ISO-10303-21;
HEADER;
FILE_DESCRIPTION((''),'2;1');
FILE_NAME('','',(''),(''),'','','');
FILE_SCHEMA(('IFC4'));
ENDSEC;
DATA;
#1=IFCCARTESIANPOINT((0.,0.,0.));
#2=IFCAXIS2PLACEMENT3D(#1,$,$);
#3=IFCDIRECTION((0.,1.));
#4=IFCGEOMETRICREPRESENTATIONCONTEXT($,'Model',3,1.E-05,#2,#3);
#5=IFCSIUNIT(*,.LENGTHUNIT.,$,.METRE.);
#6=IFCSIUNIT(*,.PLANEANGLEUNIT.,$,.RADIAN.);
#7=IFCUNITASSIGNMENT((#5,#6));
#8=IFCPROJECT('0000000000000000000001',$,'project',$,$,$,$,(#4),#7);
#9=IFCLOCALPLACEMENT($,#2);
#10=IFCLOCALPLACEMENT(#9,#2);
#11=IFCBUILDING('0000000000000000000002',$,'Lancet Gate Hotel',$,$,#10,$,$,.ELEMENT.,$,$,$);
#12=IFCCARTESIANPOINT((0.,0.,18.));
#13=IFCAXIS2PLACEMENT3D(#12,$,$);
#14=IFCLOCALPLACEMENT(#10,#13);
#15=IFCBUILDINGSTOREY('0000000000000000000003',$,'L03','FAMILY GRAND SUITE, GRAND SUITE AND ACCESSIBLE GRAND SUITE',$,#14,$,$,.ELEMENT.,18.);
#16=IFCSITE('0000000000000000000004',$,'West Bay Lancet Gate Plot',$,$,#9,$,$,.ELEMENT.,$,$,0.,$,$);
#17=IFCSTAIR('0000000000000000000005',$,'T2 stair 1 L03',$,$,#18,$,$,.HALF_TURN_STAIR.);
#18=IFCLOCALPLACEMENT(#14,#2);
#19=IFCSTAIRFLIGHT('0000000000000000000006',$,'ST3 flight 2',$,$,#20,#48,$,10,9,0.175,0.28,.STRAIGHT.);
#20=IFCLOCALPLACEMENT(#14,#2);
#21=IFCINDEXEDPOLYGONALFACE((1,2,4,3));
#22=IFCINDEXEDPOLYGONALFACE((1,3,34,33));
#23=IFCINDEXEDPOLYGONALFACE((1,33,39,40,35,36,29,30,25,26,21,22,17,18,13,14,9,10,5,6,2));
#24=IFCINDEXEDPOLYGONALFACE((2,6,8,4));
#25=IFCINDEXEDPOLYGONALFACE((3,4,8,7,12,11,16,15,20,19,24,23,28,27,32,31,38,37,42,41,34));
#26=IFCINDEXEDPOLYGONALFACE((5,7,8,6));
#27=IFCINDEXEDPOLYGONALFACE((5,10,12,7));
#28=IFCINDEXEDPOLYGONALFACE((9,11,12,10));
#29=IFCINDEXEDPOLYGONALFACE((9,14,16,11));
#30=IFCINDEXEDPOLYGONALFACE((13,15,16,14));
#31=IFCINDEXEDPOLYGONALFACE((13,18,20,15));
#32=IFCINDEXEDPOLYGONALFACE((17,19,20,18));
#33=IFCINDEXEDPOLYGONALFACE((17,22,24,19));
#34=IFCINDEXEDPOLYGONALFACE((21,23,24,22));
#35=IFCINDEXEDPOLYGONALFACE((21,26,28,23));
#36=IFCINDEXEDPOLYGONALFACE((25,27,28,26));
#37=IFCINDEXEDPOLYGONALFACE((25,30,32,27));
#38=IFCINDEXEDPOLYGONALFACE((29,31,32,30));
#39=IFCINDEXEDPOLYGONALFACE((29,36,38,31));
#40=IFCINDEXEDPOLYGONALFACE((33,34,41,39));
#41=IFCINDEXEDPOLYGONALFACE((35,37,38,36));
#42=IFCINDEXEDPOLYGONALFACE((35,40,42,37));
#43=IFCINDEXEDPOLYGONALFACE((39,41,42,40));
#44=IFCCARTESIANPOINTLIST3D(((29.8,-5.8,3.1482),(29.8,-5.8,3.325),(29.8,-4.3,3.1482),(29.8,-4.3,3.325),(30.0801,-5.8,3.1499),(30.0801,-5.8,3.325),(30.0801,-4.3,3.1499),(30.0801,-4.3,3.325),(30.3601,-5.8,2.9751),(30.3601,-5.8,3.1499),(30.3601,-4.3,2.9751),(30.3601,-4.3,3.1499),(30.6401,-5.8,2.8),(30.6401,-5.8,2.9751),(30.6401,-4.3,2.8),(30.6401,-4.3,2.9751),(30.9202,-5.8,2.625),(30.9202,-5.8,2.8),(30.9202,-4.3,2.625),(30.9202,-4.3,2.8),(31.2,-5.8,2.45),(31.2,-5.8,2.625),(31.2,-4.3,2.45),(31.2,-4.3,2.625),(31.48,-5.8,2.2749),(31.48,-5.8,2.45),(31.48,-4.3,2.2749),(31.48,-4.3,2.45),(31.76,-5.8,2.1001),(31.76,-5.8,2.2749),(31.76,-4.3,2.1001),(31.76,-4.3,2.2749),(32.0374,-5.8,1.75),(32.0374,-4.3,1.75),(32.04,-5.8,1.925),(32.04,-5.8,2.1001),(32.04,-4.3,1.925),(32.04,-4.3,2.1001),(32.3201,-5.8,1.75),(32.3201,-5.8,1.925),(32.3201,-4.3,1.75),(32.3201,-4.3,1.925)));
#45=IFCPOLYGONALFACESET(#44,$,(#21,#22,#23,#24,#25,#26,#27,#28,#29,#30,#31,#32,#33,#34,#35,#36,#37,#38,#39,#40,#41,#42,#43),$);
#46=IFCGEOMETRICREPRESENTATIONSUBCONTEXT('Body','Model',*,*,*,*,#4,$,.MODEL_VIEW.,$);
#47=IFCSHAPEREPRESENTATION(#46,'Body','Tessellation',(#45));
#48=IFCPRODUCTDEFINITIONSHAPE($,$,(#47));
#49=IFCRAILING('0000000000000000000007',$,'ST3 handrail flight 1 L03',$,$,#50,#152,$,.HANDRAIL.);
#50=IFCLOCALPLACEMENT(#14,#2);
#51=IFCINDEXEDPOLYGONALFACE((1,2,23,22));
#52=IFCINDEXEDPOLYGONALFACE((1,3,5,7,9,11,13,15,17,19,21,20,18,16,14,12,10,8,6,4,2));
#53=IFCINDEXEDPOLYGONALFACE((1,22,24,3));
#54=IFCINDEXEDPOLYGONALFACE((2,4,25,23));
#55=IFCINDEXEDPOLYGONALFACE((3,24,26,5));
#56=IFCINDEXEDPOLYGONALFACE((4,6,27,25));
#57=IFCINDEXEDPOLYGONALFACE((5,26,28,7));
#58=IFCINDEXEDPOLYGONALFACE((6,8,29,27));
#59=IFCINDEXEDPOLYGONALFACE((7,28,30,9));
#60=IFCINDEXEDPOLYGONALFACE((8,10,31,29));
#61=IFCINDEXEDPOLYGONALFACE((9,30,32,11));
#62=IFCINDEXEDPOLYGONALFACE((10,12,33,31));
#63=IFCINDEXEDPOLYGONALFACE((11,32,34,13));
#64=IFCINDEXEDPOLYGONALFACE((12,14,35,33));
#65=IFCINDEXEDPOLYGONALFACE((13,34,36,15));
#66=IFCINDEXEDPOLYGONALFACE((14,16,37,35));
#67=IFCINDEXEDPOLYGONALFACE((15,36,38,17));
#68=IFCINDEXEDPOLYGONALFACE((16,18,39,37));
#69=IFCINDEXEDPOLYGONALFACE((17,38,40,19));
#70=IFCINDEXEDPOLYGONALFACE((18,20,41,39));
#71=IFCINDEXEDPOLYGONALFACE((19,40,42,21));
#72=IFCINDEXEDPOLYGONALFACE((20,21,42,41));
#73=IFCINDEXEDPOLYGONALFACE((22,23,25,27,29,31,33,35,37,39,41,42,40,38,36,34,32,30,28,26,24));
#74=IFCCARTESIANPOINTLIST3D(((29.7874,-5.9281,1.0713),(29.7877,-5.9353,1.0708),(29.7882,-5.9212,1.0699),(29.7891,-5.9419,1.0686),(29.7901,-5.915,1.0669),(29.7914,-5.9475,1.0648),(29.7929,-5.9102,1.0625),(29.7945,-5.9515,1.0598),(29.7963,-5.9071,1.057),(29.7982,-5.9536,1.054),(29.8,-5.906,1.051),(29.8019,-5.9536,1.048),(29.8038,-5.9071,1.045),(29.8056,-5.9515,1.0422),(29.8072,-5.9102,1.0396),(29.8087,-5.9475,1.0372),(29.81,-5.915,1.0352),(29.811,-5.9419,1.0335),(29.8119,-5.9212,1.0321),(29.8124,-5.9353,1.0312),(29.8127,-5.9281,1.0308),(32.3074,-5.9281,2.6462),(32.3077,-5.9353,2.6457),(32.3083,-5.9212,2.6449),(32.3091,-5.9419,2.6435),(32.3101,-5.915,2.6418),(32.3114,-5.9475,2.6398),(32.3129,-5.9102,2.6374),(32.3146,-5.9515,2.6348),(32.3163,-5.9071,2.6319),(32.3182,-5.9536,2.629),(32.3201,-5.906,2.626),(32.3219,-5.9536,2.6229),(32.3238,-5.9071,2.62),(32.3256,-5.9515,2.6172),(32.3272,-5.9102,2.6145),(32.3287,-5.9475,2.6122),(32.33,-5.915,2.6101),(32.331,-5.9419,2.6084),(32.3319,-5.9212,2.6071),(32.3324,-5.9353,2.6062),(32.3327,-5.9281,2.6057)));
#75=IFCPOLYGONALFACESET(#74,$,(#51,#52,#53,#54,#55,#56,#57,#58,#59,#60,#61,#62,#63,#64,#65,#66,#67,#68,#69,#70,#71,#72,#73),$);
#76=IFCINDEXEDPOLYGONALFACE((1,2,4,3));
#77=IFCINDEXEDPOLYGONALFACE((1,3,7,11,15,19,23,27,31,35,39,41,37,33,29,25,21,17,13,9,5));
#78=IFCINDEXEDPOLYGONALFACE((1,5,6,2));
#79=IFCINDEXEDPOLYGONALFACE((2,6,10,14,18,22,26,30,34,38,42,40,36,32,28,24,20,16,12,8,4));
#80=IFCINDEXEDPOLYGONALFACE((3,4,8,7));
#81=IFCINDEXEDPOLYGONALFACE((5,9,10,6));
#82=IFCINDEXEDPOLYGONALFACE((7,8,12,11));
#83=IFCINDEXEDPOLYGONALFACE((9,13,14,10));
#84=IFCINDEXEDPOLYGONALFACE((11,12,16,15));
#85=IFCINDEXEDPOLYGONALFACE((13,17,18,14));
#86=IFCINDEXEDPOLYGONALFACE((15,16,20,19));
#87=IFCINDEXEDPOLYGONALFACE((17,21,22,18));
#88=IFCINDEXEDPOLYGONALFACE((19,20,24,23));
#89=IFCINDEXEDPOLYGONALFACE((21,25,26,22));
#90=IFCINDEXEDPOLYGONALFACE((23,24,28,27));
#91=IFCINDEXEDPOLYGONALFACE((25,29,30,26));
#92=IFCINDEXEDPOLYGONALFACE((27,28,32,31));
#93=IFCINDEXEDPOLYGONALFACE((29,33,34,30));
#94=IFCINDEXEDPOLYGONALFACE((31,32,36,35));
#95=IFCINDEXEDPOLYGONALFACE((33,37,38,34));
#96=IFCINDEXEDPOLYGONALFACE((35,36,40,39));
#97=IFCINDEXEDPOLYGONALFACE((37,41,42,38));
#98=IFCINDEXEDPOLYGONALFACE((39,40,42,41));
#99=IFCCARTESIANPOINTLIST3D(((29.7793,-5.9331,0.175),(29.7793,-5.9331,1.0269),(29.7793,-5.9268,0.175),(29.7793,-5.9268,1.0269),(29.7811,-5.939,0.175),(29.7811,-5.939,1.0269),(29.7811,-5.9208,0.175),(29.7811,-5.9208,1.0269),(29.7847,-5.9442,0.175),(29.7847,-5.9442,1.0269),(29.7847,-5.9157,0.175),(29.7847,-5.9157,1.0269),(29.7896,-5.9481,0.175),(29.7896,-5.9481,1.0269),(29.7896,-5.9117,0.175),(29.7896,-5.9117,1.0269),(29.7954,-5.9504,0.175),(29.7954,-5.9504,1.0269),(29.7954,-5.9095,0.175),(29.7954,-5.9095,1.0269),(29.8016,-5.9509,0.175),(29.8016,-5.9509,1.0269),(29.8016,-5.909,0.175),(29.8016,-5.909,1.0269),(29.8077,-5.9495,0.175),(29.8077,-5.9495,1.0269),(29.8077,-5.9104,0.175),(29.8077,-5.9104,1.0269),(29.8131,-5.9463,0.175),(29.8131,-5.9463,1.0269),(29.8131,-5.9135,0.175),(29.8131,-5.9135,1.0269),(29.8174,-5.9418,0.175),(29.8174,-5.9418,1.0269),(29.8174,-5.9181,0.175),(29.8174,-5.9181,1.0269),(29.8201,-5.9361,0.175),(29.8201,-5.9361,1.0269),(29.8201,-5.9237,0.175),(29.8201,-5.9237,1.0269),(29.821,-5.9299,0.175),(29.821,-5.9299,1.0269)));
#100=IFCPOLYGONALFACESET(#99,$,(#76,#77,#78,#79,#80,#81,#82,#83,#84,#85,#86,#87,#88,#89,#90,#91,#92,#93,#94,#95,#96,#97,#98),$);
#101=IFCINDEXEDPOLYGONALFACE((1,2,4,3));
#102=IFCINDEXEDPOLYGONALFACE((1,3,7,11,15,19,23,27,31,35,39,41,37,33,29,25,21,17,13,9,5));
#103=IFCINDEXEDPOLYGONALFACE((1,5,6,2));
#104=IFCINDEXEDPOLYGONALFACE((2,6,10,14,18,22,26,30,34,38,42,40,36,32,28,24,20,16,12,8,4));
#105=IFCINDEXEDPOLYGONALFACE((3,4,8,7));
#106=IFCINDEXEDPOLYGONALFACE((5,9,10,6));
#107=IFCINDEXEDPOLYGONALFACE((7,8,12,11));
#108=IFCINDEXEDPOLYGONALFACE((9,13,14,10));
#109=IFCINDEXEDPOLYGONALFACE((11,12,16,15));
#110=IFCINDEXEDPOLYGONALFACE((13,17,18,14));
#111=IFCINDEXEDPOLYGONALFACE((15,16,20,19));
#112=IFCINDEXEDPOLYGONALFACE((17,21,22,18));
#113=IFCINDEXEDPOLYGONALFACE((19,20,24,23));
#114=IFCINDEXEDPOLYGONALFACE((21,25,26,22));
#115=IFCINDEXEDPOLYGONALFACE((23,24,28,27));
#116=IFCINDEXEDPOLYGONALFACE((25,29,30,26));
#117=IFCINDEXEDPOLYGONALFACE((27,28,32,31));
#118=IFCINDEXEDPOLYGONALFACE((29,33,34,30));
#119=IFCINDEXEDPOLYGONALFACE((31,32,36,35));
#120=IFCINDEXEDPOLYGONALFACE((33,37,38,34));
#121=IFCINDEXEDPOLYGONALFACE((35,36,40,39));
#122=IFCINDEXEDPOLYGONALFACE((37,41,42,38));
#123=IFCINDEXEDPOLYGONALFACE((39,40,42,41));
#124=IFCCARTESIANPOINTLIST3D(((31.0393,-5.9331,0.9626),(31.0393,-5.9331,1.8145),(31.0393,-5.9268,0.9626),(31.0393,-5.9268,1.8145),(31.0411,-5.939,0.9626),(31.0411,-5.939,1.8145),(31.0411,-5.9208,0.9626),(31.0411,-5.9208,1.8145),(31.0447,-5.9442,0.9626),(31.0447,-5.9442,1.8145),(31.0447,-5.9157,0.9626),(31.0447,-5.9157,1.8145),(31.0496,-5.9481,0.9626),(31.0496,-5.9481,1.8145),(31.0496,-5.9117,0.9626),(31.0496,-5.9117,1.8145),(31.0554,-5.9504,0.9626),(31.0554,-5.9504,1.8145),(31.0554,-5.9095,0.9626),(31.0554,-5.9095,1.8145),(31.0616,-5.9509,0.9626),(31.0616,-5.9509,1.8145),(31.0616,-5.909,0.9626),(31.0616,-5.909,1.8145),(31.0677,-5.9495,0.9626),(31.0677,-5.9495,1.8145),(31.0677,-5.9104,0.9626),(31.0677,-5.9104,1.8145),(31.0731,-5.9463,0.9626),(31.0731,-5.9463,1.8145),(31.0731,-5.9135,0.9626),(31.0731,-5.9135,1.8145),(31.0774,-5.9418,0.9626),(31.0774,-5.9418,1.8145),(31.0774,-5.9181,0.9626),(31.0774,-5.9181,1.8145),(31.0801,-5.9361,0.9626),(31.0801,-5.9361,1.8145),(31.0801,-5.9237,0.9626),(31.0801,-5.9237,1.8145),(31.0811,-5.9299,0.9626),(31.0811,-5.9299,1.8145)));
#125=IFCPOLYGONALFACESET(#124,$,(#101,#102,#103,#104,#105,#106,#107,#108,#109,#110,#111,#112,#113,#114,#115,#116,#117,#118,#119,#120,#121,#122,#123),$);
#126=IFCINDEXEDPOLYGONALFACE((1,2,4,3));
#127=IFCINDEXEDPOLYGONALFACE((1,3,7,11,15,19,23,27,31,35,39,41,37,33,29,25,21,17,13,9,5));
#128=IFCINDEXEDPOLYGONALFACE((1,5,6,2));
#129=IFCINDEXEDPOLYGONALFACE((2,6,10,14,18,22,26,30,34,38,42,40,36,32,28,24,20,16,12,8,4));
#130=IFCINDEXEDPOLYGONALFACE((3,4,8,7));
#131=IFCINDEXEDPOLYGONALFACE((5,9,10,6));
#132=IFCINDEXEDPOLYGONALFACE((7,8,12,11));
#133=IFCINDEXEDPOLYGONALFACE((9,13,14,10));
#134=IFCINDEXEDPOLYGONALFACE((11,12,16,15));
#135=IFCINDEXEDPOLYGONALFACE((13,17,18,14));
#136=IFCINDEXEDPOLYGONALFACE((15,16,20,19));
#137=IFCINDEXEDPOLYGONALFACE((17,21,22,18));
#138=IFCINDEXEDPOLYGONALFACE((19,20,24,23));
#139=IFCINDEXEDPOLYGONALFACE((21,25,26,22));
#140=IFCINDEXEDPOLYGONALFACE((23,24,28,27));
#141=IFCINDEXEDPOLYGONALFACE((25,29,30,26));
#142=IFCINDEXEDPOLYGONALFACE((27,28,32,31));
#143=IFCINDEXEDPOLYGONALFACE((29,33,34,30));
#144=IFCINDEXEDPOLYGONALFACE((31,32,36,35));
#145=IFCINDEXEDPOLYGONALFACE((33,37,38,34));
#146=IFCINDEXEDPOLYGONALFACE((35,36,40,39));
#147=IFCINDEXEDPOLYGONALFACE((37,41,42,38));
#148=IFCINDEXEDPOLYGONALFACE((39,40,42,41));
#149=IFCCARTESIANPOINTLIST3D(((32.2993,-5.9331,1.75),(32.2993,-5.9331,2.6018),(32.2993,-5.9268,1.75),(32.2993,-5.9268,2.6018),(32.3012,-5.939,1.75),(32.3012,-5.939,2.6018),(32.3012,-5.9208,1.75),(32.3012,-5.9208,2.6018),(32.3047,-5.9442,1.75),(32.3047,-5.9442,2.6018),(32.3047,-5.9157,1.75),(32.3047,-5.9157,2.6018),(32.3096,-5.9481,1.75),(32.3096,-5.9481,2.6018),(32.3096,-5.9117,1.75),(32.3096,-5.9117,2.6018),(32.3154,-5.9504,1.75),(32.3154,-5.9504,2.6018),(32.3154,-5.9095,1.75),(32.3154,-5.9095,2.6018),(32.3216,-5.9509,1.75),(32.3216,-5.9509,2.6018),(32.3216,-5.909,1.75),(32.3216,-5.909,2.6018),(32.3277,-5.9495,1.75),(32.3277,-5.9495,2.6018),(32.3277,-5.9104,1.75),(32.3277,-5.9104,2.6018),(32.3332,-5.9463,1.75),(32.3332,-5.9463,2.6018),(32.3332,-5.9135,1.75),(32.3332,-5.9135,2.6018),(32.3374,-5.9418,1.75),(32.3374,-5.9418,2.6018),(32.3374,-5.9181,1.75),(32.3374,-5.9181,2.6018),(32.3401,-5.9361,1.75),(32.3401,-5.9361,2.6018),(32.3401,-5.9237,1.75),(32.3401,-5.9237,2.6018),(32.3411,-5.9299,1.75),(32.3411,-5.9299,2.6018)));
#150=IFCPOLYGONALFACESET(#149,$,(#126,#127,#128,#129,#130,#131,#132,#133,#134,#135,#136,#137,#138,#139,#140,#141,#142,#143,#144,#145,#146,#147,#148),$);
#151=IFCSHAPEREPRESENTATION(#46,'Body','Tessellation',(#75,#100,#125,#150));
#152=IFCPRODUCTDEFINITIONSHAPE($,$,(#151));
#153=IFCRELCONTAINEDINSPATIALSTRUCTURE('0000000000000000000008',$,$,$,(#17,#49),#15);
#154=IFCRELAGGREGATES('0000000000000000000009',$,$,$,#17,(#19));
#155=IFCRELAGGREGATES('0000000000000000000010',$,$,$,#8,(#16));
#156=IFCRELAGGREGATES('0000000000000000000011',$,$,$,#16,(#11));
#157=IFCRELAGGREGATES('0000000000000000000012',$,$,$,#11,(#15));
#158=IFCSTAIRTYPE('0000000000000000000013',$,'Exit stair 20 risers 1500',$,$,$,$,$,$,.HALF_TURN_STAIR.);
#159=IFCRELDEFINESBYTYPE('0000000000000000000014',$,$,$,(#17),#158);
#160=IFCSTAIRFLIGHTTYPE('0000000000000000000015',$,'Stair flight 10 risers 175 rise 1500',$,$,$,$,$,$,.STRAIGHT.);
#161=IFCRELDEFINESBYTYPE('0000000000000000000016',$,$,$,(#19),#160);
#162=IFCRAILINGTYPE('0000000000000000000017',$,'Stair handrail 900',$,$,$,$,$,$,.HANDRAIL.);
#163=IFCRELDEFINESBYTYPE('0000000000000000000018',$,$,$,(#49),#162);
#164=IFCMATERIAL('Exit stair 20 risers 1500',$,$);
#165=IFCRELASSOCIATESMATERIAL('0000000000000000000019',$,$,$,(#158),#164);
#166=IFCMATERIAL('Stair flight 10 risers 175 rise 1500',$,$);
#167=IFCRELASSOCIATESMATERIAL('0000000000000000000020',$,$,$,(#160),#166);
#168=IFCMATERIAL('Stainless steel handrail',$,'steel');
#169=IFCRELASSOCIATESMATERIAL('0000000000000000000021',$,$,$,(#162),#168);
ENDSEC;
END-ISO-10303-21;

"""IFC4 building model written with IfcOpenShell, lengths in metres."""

from ifc_helpers import new_model, si_unit, direction, frame, origin, origin_2d, place, context, subcontext, project, spatial, polyline, circle, outline, extrude, material, type_object, element, aggregate, save


model = new_model("IFC4")

# Units and contexts
model_context = context("Model", 3, precision=1e-05, world=origin(), true_north=direction((0.0, 1.0)))
body_context = subcontext(model_context, "Body", "Model", "MODEL_VIEW")
ifc_project = project(units=[si_unit("LENGTHUNIT", "METRE"), si_unit("PLANEANGLEUNIT", "RADIAN")], contexts=[model_context])

# Site, building, storey
site_placement = place(None, origin())
site = spatial("IfcSite", under=ifc_project, at=site_placement, Name="West Bay Lancet Gate Plot", CompositionType="ELEMENT", RefElevation=0.0)
building_placement = place(site_placement, origin())
building = spatial("IfcBuilding", under=site, at=building_placement, Name="Lancet Gate Hotel", CompositionType="ELEMENT")
storey_placement = place(building_placement, frame((0.0, 0.0, 18.0)))
storey = spatial("IfcBuildingStorey", under=building, at=storey_placement, Name="L03", Description="FAMILY GRAND SUITE, GRAND SUITE AND ACCESSIBLE GRAND SUITE", CompositionType="ELEMENT", Elevation=18.0)

# Stair, stair flight
ifc_material_1 = material(Name="Exit stair 20 risers 1500")
stair_type = type_object("IfcStairType", Name="Exit stair 20 risers 1500", PredefinedType="HALF_TURN_STAIR", material=ifc_material_1)
stair_placement = place(storey_placement, origin())
stair = element("IfcStair", 1, at=stair_placement, inside=storey, type_object=stair_type, Name="T2 stair 1 L03", PredefinedType="HALF_TURN_STAIR")
ifc_material_2 = material(Name="Stair flight 10 risers 175 rise 1500")
stair_flight_type = type_object("IfcStairFlightType", Name="Stair flight 10 risers 175 rise 1500", PredefinedType="STRAIGHT", material=ifc_material_2)
stair_flight_1_placement = place(storey_placement, frame((32.3201, -5.05, 1.75), z_axis=(0.0, 0.0, 1.0), x_axis=(-1.0, 0.0, 0.0)))
stair_flight_1 = element("IfcStairFlight", 2, at=stair_flight_1_placement, type_object=stair_flight_type, Name="ST3 flight 2", NumberOfRisers=10, NumberOfTreads=9, PredefinedType="STRAIGHT", RiserHeight=0.175, TreadLength=0.28, context=body_context, shape_type="SweptSolid", body=[
    extrude(outline(polyline([(0.0, 0.0), (0.0, 0.175), (0.28, 0.175), (0.28, 0.3501), (0.5601, 0.3501), (0.5601, 0.5249), (0.8401, 0.5249), (0.8401, 0.7), (1.1201, 0.7), (1.1201, 0.875), (1.3999, 0.875), (1.3999, 1.05), (1.6799, 1.05), (1.6799, 1.2251), (1.96, 1.2251), (1.96, 1.3999), (2.24, 1.3999), (2.24, 1.575), (2.52, 1.575), (2.52, 1.75), (2.52, 1.3982), (0.2827, 0.0), (0.0, 0.0)])), frame((0.0, 0.75, 0.0), z_axis=(0.0, -1.0, 0.0), x_axis=(1.0, 0.0, 0.0)), (0.0, 0.0, 1.0), 1.5),
])
aggregate(stair, [stair_flight_1])

# Railing
ifc_material_3 = material(Name="Stainless steel handrail", Category="steel")
railing_type = type_object("IfcRailingType", Name="Stair handrail 900", PredefinedType="HANDRAIL", material=ifc_material_3)
railing_1_placement = place(storey_placement, frame((29.8, -5.9299, 0.175)))
element("IfcRailing", 3, at=railing_1_placement, inside=storey, type_object=railing_type, Name="ST3 handrail flight 1 L03", PredefinedType="HANDRAIL", context=body_context, shape_type="SweptSolid", body=[
    extrude(circle(Radius=0.0239, at=origin_2d()), frame((0.0, 0.0, 0.876), z_axis=(0.848008, 0.0, 0.529984), x_axis=(0.0, 1.0, 0.0)), (0.0, 0.0, 1.0), 2.9717),
    extrude(circle(Radius=0.021, at=origin_2d()), origin(), (0.0, 0.0, 1.0), 0.8518),
    extrude(circle(Radius=0.021, at=origin_2d()), frame((1.26, 0.0, 0.7876)), (0.0, 0.0, 1.0), 0.8518),
    extrude(circle(Radius=0.021, at=origin_2d()), frame((2.52, 0.0, 1.575)), (0.0, 0.0, 1.0), 0.8518),
])

save(model, "model.ifc")
